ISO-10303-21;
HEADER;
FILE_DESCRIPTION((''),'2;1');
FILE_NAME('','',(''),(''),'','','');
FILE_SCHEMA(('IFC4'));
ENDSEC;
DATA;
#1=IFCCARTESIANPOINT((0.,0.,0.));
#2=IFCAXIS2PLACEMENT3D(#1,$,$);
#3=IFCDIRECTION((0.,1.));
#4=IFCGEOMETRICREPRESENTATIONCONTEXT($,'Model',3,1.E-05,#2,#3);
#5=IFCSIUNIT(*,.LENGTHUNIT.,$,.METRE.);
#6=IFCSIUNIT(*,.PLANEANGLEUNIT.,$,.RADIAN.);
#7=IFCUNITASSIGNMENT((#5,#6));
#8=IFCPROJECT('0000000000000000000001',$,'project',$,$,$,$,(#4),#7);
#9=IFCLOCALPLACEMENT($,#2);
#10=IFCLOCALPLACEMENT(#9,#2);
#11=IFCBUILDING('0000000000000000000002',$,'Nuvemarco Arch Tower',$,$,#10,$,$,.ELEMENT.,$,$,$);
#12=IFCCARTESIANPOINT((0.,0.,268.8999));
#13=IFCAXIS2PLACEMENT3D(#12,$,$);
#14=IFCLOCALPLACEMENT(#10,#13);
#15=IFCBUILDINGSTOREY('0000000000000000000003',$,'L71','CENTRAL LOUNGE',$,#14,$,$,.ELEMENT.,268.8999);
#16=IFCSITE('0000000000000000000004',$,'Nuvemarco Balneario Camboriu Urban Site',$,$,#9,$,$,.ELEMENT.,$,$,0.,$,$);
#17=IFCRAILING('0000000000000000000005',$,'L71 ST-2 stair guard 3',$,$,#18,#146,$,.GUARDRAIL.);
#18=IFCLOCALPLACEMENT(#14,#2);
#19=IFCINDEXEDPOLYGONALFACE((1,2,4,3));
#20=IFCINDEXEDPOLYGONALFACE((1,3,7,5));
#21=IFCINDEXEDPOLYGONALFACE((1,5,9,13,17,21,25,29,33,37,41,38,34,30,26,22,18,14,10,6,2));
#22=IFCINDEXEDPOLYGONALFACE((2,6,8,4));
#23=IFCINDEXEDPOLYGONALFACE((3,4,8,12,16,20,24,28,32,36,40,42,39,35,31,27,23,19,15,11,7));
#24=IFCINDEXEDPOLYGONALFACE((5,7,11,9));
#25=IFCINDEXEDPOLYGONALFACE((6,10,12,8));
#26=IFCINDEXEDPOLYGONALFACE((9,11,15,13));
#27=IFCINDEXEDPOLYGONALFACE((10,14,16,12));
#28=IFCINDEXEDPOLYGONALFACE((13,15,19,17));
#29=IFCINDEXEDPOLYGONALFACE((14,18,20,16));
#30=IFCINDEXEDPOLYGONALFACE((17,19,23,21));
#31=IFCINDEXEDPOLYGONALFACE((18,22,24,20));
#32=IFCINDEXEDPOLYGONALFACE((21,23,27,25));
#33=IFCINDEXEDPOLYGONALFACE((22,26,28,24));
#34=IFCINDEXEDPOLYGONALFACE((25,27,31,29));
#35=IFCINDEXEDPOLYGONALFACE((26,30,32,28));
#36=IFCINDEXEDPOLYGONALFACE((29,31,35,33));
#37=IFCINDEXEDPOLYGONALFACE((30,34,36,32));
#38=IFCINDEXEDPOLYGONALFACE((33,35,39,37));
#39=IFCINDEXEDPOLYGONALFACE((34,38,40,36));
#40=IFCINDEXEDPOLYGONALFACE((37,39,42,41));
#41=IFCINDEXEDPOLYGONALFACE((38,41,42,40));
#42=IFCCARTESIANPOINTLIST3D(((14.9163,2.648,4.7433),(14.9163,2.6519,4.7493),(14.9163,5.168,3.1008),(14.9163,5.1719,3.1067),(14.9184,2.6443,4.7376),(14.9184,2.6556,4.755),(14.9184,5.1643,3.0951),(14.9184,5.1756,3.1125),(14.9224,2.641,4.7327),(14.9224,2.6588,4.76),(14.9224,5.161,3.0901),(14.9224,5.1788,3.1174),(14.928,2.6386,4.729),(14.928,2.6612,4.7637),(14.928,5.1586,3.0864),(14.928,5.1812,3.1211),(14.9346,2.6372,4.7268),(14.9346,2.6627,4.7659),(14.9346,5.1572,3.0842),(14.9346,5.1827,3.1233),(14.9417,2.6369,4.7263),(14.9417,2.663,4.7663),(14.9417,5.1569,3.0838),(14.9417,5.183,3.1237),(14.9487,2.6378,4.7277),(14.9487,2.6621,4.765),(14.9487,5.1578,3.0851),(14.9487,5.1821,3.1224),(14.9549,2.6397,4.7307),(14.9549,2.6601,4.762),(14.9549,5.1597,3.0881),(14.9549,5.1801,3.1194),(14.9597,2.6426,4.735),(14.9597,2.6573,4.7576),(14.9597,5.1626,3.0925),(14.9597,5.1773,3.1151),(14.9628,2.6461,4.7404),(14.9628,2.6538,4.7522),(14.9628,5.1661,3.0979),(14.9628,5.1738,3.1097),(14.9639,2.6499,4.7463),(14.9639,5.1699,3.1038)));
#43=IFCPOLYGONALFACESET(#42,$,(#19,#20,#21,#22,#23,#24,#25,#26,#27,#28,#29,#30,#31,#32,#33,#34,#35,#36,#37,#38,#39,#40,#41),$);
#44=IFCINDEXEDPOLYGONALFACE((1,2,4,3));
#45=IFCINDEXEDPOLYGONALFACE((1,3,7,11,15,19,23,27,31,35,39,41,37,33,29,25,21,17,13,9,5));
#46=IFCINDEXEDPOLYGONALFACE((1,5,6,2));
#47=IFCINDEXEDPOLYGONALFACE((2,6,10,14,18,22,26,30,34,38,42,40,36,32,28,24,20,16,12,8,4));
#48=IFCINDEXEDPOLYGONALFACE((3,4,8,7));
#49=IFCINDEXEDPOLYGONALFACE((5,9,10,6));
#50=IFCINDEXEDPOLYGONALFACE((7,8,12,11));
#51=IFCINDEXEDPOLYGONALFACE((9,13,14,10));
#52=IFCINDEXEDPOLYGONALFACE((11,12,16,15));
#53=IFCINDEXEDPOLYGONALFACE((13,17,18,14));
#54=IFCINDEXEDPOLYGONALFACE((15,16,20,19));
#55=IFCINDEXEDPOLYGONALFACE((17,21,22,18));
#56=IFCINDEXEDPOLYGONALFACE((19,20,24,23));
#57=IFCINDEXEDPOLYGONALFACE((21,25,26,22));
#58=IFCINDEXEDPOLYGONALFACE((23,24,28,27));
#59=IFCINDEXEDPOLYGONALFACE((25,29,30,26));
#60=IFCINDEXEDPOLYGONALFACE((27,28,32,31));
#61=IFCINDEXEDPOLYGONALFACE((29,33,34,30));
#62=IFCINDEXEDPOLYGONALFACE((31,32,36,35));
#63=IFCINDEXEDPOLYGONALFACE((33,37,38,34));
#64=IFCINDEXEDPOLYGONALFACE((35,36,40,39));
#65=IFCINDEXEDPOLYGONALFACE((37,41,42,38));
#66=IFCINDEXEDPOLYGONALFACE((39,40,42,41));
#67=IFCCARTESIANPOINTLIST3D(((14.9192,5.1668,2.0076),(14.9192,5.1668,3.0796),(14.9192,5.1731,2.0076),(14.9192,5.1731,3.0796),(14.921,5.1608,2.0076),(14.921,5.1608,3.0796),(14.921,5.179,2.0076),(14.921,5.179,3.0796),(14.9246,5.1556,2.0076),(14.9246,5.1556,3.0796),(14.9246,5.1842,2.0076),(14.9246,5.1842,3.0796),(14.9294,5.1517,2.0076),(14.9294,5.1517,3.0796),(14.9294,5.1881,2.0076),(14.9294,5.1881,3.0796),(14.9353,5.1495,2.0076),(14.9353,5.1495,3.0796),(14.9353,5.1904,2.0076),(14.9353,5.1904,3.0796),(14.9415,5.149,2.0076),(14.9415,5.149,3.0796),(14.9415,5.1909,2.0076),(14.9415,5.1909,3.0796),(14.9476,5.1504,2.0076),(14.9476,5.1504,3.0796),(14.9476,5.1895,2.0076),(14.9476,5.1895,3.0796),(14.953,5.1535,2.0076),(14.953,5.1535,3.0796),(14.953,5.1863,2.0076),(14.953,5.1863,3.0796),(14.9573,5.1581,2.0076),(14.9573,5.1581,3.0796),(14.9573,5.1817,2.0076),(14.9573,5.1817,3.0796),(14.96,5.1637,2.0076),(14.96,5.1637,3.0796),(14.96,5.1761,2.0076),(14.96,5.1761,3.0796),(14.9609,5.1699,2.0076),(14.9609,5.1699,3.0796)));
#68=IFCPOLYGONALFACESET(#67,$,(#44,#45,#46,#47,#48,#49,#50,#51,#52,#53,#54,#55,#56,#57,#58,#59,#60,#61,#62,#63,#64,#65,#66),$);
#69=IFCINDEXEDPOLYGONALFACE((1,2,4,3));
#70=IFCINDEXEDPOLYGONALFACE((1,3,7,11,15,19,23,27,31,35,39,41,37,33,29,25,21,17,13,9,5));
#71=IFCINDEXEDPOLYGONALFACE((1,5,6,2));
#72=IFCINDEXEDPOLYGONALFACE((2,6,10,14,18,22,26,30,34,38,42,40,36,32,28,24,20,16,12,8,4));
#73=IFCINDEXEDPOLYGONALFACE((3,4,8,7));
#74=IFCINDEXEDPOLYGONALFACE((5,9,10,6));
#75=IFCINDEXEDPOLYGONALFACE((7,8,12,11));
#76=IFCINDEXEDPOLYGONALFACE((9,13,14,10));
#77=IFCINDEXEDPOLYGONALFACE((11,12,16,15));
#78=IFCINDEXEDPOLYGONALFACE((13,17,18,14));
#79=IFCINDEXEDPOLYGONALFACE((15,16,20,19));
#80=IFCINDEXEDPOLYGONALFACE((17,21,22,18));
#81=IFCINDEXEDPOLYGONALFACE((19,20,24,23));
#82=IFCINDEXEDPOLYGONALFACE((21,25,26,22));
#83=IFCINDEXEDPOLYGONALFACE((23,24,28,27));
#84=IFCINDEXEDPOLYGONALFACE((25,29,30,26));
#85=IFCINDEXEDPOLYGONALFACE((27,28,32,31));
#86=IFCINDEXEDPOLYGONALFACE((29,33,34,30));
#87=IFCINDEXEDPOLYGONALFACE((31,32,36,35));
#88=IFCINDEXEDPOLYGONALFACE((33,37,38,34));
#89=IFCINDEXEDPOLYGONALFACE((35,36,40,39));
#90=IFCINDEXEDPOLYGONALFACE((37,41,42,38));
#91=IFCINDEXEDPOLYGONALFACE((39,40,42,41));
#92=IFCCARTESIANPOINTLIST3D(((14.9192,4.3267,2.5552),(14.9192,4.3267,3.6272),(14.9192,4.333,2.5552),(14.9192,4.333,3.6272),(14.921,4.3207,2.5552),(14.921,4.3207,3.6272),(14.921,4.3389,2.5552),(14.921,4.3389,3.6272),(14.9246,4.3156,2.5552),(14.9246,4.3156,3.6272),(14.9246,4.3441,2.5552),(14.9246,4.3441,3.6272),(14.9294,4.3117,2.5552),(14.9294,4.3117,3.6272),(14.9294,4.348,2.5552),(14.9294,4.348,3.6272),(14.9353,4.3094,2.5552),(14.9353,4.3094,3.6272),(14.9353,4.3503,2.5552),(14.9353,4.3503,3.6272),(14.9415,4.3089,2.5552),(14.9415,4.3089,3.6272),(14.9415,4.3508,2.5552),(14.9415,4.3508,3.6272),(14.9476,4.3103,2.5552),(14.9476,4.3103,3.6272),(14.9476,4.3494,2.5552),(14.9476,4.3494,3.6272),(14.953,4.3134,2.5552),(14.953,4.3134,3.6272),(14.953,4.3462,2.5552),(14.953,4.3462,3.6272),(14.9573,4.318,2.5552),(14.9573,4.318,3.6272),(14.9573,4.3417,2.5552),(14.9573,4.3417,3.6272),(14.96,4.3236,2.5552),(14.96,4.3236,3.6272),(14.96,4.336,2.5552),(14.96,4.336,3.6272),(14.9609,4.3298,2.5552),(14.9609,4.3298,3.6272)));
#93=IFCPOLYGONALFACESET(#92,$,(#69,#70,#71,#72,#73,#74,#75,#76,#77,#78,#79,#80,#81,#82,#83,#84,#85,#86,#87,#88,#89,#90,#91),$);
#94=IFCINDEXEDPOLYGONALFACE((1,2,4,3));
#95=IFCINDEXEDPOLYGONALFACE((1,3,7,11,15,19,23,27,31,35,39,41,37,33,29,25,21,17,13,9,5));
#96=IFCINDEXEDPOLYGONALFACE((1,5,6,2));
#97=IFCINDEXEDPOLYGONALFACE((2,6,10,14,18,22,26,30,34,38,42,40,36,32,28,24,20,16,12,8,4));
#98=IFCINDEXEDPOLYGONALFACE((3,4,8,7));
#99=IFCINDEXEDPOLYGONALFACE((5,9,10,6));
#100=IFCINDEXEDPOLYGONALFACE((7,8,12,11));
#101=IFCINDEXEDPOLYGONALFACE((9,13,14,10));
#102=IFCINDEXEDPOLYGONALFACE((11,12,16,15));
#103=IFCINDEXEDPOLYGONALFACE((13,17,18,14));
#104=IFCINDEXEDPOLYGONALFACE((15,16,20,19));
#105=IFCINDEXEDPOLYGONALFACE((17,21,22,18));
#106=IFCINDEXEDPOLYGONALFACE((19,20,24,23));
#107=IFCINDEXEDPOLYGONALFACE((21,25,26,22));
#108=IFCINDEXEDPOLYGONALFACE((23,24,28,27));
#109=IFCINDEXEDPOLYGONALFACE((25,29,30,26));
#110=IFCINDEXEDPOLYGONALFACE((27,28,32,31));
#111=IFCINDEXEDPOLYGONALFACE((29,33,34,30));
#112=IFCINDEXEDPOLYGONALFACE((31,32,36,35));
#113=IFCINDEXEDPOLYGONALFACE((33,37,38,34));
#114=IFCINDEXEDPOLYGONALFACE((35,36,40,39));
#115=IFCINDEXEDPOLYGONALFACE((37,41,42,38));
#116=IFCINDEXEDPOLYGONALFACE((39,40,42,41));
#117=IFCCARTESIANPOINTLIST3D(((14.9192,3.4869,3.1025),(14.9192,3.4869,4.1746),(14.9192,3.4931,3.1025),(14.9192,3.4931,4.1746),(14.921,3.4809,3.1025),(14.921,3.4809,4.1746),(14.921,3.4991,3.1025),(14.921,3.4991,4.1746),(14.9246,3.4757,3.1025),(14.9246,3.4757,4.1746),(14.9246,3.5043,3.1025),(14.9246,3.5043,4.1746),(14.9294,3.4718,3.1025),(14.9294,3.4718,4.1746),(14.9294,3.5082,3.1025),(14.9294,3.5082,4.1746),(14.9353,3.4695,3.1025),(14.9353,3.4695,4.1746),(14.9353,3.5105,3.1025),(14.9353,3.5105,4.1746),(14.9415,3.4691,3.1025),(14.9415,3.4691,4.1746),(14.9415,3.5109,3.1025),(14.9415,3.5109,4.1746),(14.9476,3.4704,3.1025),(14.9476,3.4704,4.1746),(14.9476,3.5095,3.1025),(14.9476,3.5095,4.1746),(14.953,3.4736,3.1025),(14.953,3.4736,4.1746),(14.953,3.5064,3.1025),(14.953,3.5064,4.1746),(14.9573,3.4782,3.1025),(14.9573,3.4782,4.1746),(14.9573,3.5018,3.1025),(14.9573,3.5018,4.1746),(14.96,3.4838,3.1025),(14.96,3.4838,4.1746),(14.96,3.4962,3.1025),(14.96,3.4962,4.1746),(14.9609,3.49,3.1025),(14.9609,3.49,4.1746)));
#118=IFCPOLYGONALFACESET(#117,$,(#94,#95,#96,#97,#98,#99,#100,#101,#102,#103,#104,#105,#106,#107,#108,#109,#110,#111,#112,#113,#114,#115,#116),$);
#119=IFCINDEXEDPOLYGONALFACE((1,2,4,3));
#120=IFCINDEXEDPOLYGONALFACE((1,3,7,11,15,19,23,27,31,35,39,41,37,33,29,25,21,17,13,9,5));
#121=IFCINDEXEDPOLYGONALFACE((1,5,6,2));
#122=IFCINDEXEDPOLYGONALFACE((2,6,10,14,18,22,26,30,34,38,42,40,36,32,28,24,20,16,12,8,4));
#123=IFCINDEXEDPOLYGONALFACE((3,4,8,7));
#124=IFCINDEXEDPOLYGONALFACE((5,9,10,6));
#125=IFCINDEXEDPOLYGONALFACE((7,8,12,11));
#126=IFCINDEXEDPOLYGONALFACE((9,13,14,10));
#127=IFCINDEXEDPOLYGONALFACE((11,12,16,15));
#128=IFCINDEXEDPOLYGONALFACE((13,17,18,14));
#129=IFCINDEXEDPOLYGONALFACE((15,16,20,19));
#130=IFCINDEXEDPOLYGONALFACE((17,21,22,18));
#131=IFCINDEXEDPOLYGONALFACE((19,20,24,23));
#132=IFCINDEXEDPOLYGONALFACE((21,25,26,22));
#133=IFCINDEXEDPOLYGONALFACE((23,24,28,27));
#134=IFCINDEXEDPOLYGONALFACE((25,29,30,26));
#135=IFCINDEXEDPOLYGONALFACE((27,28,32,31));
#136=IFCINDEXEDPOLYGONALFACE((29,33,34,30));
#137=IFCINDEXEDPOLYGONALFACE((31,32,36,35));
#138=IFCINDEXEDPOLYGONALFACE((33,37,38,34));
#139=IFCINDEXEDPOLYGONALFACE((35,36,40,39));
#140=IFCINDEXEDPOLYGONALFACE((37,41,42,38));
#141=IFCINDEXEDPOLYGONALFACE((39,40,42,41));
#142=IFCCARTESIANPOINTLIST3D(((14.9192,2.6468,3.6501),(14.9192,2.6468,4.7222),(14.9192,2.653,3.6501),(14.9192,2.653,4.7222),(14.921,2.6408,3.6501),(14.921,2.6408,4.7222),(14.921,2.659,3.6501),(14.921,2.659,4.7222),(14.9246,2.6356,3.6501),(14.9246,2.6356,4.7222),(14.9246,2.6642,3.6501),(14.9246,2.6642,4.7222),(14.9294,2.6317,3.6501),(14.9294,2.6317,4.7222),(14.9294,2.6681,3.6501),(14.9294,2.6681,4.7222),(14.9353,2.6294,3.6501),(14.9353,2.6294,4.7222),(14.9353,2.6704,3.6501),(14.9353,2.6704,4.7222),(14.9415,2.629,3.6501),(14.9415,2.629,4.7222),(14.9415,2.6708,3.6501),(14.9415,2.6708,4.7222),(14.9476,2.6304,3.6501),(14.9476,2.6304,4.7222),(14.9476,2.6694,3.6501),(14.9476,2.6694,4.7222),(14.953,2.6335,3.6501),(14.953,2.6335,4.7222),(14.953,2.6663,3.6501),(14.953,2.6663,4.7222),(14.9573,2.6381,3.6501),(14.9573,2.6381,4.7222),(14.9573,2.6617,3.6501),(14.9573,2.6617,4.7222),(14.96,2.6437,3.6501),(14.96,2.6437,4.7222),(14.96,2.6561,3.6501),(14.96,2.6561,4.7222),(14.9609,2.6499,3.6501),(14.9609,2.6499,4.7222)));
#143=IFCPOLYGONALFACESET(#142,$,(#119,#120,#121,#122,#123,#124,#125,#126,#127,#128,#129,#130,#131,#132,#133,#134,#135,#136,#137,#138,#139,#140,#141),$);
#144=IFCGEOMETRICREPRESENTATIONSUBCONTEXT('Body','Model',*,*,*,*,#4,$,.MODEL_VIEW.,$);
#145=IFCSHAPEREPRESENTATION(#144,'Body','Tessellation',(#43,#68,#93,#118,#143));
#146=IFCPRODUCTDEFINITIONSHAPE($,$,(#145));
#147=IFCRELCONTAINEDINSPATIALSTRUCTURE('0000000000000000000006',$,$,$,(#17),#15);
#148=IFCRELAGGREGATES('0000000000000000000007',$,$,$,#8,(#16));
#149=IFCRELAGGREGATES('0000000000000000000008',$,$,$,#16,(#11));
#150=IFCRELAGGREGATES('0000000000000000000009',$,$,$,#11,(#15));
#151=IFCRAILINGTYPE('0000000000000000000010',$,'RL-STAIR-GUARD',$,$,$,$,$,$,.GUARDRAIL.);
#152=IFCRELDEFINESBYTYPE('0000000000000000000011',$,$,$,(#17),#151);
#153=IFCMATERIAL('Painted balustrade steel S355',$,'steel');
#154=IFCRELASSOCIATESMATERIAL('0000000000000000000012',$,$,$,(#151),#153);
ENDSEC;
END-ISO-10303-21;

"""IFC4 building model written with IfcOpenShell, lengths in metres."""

from ifc_helpers import new_model, si_unit, direction, frame, origin, origin_2d, place, context, subcontext, project, spatial, circle, extrude, material, type_object, element, save


model = new_model("IFC4")

# Units and contexts
model_context = context("Model", 3, precision=1e-05, world=origin(), true_north=direction((0.0, 1.0)))
body_context = subcontext(model_context, "Body", "Model", "MODEL_VIEW")
ifc_project = project(units=[si_unit("LENGTHUNIT", "METRE"), si_unit("PLANEANGLEUNIT", "RADIAN")], contexts=[model_context])

# Site, building, storey
site_placement = place(None, origin())
site = spatial("IfcSite", under=ifc_project, at=site_placement, Name="Nuvemarco Balneario Camboriu Urban Site", CompositionType="ELEMENT", RefElevation=0.0)
building_placement = place(site_placement, origin())
building = spatial("IfcBuilding", under=site, at=building_placement, Name="Nuvemarco Arch Tower", CompositionType="ELEMENT")
storey_placement = place(building_placement, frame((0.0, 0.0, 268.8999)))
storey = spatial("IfcBuildingStorey", under=building, at=storey_placement, Name="L71", Description="CENTRAL LOUNGE", CompositionType="ELEMENT", Elevation=268.8999)

# Railing
ifc_material_1 = material(Name="Painted balustrade steel S355", Category="steel")
railing_type_1 = type_object("IfcRailingType", Name="RL-STAIR-GUARD", PredefinedType="GUARDRAIL", material=ifc_material_1)
railing_1_placement = place(storey_placement, frame((14.9399, 5.1699, 2.0076)))
element("IfcRailing", 1, at=railing_1_placement, inside=storey, type_object=railing_type_1, Name="L71 ST-2 stair guard 3", PredefinedType="GUARDRAIL", context=body_context, shape_type="SweptSolid", body=[
    extrude(circle(Radius=0.0239, at=origin_2d()), frame((0.0, 0.0, 1.0962), z_axis=(0.0, -0.837749, 0.546055), x_axis=(1.0, 0.0, 0.0)), (0.0, 0.0, 1.0), 3.0081),
    extrude(circle(Radius=0.021, at=origin_2d()), origin(), (0.0, 0.0, 1.0), 1.072),
    extrude(circle(Radius=0.021, at=origin_2d()), frame((0.0, -0.8401, 0.5476)), (0.0, 0.0, 1.0), 1.072),
    extrude(circle(Radius=0.021, at=origin_2d()), frame((0.0, -1.6799, 1.095)), (0.0, 0.0, 1.0), 1.072),
    extrude(circle(Radius=0.021, at=origin_2d()), frame((0.0, -2.52, 1.6426)), (0.0, 0.0, 1.0), 1.072),
])

save(model, "model.ifc")
